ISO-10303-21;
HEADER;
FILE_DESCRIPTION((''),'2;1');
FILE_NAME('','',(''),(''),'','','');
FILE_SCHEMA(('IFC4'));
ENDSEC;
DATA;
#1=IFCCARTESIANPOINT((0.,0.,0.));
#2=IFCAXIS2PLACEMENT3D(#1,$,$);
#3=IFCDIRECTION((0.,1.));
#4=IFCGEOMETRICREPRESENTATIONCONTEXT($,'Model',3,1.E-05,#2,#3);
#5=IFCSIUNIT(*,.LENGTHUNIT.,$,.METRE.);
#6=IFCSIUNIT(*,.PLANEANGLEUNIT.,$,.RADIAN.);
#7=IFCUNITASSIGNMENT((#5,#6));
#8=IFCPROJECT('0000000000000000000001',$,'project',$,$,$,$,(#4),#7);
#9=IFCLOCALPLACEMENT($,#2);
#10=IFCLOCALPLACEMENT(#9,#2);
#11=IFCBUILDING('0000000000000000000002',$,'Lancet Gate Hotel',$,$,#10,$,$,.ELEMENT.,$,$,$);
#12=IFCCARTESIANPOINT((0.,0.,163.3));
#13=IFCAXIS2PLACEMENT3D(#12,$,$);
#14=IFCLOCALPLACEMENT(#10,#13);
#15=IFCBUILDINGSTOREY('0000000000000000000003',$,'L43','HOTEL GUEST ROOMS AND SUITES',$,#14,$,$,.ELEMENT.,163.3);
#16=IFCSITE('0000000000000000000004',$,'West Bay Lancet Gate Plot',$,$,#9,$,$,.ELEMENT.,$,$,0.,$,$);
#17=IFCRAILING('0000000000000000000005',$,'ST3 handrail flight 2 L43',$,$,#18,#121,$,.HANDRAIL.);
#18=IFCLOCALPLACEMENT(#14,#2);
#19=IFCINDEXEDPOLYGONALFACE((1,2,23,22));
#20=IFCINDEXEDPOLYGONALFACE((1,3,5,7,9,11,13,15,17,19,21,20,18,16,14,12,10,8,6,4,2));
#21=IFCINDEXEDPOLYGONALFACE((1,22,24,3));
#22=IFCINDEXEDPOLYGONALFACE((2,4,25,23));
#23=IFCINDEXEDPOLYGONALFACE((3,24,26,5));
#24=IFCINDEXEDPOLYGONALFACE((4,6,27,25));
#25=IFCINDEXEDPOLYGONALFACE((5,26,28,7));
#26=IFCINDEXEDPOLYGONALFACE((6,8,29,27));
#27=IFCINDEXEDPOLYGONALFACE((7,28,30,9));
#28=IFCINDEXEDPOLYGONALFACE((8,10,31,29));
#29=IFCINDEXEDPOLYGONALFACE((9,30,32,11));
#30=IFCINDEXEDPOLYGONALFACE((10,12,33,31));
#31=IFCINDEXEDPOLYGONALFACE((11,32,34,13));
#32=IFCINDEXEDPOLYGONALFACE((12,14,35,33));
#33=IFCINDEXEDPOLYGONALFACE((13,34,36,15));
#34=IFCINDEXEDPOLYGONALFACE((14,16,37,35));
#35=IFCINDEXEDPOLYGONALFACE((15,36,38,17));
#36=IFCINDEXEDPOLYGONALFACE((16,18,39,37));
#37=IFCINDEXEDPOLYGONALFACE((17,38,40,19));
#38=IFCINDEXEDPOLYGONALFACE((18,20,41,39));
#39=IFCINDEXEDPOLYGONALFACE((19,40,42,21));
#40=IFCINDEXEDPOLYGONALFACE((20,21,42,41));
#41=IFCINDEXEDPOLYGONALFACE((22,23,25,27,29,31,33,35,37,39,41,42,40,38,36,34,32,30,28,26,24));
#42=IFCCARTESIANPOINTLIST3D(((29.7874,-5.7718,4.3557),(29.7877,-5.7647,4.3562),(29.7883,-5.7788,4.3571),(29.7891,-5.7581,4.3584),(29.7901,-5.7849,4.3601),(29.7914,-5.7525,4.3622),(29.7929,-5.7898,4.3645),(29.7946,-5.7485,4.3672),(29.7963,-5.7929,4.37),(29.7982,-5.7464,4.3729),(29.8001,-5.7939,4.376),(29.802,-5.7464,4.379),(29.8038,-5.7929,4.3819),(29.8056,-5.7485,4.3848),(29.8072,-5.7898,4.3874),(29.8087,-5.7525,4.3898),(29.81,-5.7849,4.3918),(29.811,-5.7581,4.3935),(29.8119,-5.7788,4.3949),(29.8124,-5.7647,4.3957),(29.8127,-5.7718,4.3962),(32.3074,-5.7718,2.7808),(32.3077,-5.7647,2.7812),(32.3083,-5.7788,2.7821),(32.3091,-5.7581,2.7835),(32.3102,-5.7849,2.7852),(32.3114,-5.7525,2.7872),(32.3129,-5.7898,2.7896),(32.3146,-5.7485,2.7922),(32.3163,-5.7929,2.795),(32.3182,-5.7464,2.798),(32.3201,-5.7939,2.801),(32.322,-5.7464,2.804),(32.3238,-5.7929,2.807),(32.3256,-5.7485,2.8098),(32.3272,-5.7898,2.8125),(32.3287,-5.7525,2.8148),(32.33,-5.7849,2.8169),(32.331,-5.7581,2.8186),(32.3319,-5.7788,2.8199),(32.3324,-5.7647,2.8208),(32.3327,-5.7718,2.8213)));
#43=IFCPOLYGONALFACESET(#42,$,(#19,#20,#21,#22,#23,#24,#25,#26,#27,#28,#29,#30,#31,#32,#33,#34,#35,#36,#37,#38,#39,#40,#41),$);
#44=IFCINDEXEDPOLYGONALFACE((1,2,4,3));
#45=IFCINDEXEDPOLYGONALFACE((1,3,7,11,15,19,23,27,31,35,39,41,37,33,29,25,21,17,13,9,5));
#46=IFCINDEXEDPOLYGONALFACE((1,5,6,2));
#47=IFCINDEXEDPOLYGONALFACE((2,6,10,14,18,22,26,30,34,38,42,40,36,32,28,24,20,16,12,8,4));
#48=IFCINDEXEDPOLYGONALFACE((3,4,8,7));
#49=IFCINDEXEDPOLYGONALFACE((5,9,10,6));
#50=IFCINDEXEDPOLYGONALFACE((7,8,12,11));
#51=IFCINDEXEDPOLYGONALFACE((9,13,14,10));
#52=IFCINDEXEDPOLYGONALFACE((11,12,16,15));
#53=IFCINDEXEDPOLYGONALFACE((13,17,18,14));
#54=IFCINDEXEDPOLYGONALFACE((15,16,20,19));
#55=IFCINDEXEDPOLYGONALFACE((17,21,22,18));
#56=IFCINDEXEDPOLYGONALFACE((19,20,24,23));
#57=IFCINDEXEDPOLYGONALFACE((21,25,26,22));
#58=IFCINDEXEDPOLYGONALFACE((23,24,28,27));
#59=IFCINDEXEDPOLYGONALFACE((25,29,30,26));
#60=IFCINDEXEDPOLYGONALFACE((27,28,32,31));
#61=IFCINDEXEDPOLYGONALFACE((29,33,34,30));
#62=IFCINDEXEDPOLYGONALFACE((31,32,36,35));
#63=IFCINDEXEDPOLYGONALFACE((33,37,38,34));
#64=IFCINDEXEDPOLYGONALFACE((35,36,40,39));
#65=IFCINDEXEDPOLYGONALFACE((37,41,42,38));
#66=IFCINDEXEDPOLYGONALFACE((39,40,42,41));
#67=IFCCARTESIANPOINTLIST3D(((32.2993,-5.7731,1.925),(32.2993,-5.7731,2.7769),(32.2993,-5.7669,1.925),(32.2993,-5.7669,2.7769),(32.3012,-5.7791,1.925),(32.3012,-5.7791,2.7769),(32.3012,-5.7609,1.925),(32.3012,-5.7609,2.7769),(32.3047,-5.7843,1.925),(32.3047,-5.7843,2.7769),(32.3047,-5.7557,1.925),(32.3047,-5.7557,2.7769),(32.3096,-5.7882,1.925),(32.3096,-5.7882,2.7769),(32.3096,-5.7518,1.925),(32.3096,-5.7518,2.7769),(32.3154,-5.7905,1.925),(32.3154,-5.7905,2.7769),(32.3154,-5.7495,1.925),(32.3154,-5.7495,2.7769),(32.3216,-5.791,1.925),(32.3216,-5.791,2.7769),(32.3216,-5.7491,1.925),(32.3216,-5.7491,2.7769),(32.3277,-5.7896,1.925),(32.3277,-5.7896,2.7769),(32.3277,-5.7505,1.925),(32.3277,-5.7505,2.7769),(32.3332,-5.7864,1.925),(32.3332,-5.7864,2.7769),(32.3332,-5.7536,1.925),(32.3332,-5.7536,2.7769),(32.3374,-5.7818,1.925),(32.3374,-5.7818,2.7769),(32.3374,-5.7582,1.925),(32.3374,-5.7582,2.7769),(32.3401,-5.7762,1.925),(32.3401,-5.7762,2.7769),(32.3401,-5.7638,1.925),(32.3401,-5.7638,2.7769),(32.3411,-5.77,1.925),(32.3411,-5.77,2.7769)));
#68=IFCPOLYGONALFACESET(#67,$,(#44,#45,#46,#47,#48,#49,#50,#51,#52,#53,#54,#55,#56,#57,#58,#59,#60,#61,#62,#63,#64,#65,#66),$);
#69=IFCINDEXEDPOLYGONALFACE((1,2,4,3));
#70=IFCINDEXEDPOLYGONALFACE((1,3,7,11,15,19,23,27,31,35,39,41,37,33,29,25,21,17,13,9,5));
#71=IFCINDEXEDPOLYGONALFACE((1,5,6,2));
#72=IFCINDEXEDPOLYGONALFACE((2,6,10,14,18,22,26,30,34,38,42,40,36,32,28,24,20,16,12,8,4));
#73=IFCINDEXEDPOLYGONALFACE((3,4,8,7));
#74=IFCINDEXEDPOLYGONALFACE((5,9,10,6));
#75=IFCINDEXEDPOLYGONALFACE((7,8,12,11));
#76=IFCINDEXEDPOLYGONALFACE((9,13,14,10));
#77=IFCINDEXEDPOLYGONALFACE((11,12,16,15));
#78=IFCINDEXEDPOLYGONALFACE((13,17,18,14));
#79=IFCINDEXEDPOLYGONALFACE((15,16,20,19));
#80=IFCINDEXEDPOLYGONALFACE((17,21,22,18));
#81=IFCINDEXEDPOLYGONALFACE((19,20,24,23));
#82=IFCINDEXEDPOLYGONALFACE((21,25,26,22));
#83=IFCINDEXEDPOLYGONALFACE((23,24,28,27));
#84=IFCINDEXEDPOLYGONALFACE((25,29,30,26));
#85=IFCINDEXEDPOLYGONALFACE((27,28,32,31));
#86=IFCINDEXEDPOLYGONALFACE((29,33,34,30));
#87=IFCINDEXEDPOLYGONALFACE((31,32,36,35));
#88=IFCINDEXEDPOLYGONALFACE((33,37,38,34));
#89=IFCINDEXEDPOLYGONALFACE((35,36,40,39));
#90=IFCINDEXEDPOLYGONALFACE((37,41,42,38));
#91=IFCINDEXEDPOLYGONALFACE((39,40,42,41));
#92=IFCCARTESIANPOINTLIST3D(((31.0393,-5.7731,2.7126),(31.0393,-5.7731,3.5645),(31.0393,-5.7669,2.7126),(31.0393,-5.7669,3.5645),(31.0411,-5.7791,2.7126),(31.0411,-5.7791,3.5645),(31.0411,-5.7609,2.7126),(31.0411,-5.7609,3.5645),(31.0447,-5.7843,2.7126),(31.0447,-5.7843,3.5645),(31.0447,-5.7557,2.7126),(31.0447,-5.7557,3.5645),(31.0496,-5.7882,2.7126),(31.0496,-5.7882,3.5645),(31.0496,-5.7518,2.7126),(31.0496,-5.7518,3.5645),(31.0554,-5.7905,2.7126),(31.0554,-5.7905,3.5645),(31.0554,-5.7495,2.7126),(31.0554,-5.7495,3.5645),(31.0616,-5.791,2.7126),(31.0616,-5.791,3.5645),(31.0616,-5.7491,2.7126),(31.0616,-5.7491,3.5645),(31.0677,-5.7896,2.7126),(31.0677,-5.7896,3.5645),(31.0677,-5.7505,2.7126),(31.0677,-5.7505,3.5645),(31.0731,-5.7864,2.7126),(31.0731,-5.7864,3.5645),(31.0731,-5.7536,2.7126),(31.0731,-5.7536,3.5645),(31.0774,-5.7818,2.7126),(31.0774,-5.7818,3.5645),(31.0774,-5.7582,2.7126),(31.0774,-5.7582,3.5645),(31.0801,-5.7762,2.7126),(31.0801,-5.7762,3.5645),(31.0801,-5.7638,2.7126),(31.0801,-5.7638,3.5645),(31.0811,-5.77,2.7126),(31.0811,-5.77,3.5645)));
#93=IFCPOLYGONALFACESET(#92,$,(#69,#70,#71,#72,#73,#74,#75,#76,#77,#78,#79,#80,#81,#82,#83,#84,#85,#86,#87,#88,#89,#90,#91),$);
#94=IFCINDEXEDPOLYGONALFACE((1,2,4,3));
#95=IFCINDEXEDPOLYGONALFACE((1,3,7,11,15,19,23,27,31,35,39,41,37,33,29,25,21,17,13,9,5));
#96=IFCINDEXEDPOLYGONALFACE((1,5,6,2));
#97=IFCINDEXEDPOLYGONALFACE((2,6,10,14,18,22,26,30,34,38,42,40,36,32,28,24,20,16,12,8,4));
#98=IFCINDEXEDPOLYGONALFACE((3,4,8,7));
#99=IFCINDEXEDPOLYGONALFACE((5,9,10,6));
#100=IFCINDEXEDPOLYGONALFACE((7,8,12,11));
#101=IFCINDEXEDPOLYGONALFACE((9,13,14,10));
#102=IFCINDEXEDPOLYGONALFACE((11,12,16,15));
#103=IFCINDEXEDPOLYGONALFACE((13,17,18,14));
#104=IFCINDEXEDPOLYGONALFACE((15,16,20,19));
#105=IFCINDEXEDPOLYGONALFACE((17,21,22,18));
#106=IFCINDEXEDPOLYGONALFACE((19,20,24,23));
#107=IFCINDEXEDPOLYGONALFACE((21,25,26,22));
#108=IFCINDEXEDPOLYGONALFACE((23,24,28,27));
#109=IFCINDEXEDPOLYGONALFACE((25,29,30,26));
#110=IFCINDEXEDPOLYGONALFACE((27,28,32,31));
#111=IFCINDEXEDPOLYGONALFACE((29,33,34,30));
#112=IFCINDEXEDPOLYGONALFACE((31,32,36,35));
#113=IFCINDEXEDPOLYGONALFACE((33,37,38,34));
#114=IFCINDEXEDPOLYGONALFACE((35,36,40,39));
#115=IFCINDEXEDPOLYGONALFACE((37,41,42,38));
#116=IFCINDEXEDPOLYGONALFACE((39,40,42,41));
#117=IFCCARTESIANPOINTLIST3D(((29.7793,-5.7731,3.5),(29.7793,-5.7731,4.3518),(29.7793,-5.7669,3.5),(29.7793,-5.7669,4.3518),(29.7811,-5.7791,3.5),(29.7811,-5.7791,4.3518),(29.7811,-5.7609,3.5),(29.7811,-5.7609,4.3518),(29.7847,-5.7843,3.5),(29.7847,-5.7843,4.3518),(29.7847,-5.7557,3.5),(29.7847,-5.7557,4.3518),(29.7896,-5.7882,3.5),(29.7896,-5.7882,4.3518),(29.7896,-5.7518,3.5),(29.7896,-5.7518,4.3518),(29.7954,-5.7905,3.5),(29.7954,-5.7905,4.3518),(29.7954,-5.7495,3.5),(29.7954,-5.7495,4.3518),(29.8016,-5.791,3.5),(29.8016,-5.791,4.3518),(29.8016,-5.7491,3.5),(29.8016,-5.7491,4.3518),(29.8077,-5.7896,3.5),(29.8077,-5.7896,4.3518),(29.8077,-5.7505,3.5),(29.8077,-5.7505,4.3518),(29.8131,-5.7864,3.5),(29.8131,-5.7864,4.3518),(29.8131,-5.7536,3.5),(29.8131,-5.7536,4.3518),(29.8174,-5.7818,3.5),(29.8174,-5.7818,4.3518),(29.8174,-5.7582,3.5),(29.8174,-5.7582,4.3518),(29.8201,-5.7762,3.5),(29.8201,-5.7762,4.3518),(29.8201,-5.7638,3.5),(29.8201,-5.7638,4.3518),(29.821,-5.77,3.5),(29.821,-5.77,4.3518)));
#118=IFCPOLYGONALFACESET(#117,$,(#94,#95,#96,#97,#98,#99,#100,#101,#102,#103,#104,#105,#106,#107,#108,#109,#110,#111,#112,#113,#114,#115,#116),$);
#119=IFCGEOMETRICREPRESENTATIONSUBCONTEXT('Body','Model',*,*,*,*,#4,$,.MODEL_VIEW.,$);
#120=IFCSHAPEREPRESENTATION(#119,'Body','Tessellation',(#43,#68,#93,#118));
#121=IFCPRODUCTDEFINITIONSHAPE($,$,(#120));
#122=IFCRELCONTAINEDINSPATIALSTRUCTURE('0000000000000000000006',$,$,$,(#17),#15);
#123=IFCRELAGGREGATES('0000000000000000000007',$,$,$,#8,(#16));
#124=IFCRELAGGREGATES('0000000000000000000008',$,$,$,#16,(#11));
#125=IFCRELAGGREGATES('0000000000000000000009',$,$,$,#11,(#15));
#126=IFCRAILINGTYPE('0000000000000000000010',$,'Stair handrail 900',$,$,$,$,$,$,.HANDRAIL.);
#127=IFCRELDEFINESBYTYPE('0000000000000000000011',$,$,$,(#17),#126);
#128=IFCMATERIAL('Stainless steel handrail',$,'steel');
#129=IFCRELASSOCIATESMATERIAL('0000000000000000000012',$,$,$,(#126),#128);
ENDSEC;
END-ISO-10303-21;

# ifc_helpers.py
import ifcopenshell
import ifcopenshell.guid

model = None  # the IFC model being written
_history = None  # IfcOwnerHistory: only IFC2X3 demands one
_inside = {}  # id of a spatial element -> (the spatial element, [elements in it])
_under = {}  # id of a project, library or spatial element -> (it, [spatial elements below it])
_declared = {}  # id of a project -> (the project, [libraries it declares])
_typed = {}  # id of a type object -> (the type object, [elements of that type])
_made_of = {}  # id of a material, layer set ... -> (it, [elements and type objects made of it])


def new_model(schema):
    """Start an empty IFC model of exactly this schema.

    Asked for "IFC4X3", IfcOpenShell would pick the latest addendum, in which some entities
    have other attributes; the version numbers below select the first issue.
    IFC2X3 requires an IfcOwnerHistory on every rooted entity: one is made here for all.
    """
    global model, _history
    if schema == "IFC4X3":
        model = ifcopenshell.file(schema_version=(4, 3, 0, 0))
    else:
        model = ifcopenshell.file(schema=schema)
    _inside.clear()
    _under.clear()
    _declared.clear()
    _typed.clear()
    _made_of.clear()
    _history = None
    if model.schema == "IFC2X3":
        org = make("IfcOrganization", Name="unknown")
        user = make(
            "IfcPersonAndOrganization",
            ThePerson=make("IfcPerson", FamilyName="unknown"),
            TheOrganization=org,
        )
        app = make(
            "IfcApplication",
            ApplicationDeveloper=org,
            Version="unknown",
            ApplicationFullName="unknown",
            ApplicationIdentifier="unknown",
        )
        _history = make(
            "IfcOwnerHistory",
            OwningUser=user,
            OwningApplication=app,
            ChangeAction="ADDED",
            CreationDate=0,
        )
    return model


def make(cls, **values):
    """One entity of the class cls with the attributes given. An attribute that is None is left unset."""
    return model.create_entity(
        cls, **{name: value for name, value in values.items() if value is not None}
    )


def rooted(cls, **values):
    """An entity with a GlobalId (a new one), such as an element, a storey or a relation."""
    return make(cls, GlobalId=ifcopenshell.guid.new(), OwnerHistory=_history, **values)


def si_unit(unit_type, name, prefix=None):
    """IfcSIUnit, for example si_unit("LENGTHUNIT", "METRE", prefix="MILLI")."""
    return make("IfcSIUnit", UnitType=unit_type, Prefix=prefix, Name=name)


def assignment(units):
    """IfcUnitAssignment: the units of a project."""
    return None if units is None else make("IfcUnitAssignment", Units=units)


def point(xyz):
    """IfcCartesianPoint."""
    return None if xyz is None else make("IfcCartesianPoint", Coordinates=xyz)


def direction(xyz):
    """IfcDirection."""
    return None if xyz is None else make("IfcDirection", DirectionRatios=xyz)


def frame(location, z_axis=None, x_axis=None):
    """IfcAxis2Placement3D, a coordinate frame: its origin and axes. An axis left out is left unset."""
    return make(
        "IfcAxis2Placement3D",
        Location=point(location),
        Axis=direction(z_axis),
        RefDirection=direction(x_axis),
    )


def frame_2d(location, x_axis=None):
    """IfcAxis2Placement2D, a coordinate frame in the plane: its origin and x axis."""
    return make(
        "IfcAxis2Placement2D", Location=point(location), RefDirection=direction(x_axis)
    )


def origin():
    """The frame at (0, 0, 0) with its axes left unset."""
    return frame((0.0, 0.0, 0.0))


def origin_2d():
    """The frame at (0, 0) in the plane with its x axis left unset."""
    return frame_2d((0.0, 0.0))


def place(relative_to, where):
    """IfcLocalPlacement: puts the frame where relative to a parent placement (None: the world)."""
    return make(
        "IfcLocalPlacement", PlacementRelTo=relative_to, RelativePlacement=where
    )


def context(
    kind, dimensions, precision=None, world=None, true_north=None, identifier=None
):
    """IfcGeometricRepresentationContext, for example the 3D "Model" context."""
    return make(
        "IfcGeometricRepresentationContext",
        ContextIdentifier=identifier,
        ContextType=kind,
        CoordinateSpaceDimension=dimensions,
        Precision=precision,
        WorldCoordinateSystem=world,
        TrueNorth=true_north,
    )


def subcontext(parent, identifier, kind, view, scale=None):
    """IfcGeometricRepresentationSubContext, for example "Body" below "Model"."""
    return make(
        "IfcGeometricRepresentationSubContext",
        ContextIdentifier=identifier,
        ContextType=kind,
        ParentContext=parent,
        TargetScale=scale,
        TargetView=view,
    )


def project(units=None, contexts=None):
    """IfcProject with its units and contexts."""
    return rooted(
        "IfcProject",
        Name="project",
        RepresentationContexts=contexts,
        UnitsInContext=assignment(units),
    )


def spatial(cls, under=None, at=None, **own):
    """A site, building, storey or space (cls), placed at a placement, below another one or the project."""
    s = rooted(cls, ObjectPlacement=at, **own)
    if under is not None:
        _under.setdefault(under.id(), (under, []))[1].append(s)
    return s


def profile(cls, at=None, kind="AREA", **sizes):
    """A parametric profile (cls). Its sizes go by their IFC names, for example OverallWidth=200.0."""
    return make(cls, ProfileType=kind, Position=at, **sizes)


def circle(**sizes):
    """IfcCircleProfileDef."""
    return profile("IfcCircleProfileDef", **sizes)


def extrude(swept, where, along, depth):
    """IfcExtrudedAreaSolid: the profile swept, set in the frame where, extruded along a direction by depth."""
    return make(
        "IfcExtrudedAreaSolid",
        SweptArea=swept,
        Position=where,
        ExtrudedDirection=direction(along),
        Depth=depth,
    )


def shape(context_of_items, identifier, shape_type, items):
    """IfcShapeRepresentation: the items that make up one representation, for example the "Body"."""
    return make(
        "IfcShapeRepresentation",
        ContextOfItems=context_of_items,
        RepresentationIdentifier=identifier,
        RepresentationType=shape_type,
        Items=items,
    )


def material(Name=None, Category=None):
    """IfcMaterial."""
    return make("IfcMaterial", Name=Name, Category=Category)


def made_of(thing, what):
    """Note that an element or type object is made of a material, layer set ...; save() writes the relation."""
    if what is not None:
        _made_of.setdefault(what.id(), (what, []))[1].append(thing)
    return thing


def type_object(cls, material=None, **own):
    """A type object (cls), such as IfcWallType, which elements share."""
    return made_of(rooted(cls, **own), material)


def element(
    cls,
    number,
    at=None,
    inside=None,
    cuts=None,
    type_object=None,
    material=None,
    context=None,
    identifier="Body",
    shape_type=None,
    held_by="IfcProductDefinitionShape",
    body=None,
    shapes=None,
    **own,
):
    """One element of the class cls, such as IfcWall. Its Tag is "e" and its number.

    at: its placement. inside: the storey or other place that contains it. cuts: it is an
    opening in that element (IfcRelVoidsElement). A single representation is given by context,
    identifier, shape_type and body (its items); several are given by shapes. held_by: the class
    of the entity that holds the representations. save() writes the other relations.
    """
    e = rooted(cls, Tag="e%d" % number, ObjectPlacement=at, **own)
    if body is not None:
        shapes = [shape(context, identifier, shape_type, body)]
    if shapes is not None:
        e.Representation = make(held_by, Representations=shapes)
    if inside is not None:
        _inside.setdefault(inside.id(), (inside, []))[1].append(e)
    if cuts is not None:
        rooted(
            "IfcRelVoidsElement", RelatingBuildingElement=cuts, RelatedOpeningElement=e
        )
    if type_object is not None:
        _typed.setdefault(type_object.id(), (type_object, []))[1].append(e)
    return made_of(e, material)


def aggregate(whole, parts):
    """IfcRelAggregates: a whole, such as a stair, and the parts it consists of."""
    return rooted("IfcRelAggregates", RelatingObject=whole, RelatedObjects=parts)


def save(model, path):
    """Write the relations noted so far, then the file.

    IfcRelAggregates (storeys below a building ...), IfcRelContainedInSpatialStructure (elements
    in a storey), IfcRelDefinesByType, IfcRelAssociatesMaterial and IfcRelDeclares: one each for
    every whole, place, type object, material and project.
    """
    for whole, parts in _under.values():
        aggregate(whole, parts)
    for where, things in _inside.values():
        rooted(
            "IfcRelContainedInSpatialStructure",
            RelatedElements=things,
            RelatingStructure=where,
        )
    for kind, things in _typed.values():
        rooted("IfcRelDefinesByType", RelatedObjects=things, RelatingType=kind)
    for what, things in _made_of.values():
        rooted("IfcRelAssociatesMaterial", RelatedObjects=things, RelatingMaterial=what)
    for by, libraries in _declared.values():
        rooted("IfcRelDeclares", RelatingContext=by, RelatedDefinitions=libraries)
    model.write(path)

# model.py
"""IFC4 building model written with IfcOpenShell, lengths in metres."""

from ifc_helpers import new_model, si_unit, direction, frame, origin, origin_2d, place, context, subcontext, project, spatial, circle, extrude, material, type_object, element, save


model = new_model("IFC4")

# Units and contexts
model_context = context("Model", 3, precision=1e-05, world=origin(), true_north=direction((0.0, 1.0)))
body_context = subcontext(model_context, "Body", "Model", "MODEL_VIEW")
ifc_project = project(units=[si_unit("LENGTHUNIT", "METRE"), si_unit("PLANEANGLEUNIT", "RADIAN")], contexts=[model_context])

# Site, building, storey
site_placement = place(None, origin())
site = spatial("IfcSite", under=ifc_project, at=site_placement, Name="West Bay Lancet Gate Plot", CompositionType="ELEMENT", RefElevation=0.0)
building_placement = place(site_placement, origin())
building = spatial("IfcBuilding", under=site, at=building_placement, Name="Lancet Gate Hotel", CompositionType="ELEMENT")
storey_placement = place(building_placement, frame((0.0, 0.0, 163.3)))
storey = spatial("IfcBuildingStorey", under=building, at=storey_placement, Name="L43", Description="HOTEL GUEST ROOMS AND SUITES", CompositionType="ELEMENT", Elevation=163.3)

# Railing
ifc_material_1 = material(Name="Stainless steel handrail", Category="steel")
railing_type = type_object("IfcRailingType", Name="Stair handrail 900", PredefinedType="HANDRAIL", material=ifc_material_1)
railing_1_placement = place(storey_placement, frame((32.3201, -5.77, 1.925)))
element("IfcRailing", 1, at=railing_1_placement, inside=storey, type_object=railing_type, Name="ST3 handrail flight 2 L43", PredefinedType="HANDRAIL", context=body_context, shape_type="SweptSolid", body=[
    extrude(circle(Radius=0.0239, at=origin_2d()), frame((0.0, 0.0, 0.876), z_axis=(-0.848008, 0.0, 0.529984), x_axis=(0.0, -1.0, 0.0)), (0.0, 0.0, 1.0), 2.9717),
    extrude(circle(Radius=0.021, at=origin_2d()), origin(), (0.0, 0.0, 1.0), 0.8518),
    extrude(circle(Radius=0.021, at=origin_2d()), frame((-1.26, 0.0, 0.7876)), (0.0, 0.0, 1.0), 0.8518),
    extrude(circle(Radius=0.021, at=origin_2d()), frame((-2.52, 0.0, 1.575)), (0.0, 0.0, 1.0), 0.8518),
])

save(model, "model.ifc")
